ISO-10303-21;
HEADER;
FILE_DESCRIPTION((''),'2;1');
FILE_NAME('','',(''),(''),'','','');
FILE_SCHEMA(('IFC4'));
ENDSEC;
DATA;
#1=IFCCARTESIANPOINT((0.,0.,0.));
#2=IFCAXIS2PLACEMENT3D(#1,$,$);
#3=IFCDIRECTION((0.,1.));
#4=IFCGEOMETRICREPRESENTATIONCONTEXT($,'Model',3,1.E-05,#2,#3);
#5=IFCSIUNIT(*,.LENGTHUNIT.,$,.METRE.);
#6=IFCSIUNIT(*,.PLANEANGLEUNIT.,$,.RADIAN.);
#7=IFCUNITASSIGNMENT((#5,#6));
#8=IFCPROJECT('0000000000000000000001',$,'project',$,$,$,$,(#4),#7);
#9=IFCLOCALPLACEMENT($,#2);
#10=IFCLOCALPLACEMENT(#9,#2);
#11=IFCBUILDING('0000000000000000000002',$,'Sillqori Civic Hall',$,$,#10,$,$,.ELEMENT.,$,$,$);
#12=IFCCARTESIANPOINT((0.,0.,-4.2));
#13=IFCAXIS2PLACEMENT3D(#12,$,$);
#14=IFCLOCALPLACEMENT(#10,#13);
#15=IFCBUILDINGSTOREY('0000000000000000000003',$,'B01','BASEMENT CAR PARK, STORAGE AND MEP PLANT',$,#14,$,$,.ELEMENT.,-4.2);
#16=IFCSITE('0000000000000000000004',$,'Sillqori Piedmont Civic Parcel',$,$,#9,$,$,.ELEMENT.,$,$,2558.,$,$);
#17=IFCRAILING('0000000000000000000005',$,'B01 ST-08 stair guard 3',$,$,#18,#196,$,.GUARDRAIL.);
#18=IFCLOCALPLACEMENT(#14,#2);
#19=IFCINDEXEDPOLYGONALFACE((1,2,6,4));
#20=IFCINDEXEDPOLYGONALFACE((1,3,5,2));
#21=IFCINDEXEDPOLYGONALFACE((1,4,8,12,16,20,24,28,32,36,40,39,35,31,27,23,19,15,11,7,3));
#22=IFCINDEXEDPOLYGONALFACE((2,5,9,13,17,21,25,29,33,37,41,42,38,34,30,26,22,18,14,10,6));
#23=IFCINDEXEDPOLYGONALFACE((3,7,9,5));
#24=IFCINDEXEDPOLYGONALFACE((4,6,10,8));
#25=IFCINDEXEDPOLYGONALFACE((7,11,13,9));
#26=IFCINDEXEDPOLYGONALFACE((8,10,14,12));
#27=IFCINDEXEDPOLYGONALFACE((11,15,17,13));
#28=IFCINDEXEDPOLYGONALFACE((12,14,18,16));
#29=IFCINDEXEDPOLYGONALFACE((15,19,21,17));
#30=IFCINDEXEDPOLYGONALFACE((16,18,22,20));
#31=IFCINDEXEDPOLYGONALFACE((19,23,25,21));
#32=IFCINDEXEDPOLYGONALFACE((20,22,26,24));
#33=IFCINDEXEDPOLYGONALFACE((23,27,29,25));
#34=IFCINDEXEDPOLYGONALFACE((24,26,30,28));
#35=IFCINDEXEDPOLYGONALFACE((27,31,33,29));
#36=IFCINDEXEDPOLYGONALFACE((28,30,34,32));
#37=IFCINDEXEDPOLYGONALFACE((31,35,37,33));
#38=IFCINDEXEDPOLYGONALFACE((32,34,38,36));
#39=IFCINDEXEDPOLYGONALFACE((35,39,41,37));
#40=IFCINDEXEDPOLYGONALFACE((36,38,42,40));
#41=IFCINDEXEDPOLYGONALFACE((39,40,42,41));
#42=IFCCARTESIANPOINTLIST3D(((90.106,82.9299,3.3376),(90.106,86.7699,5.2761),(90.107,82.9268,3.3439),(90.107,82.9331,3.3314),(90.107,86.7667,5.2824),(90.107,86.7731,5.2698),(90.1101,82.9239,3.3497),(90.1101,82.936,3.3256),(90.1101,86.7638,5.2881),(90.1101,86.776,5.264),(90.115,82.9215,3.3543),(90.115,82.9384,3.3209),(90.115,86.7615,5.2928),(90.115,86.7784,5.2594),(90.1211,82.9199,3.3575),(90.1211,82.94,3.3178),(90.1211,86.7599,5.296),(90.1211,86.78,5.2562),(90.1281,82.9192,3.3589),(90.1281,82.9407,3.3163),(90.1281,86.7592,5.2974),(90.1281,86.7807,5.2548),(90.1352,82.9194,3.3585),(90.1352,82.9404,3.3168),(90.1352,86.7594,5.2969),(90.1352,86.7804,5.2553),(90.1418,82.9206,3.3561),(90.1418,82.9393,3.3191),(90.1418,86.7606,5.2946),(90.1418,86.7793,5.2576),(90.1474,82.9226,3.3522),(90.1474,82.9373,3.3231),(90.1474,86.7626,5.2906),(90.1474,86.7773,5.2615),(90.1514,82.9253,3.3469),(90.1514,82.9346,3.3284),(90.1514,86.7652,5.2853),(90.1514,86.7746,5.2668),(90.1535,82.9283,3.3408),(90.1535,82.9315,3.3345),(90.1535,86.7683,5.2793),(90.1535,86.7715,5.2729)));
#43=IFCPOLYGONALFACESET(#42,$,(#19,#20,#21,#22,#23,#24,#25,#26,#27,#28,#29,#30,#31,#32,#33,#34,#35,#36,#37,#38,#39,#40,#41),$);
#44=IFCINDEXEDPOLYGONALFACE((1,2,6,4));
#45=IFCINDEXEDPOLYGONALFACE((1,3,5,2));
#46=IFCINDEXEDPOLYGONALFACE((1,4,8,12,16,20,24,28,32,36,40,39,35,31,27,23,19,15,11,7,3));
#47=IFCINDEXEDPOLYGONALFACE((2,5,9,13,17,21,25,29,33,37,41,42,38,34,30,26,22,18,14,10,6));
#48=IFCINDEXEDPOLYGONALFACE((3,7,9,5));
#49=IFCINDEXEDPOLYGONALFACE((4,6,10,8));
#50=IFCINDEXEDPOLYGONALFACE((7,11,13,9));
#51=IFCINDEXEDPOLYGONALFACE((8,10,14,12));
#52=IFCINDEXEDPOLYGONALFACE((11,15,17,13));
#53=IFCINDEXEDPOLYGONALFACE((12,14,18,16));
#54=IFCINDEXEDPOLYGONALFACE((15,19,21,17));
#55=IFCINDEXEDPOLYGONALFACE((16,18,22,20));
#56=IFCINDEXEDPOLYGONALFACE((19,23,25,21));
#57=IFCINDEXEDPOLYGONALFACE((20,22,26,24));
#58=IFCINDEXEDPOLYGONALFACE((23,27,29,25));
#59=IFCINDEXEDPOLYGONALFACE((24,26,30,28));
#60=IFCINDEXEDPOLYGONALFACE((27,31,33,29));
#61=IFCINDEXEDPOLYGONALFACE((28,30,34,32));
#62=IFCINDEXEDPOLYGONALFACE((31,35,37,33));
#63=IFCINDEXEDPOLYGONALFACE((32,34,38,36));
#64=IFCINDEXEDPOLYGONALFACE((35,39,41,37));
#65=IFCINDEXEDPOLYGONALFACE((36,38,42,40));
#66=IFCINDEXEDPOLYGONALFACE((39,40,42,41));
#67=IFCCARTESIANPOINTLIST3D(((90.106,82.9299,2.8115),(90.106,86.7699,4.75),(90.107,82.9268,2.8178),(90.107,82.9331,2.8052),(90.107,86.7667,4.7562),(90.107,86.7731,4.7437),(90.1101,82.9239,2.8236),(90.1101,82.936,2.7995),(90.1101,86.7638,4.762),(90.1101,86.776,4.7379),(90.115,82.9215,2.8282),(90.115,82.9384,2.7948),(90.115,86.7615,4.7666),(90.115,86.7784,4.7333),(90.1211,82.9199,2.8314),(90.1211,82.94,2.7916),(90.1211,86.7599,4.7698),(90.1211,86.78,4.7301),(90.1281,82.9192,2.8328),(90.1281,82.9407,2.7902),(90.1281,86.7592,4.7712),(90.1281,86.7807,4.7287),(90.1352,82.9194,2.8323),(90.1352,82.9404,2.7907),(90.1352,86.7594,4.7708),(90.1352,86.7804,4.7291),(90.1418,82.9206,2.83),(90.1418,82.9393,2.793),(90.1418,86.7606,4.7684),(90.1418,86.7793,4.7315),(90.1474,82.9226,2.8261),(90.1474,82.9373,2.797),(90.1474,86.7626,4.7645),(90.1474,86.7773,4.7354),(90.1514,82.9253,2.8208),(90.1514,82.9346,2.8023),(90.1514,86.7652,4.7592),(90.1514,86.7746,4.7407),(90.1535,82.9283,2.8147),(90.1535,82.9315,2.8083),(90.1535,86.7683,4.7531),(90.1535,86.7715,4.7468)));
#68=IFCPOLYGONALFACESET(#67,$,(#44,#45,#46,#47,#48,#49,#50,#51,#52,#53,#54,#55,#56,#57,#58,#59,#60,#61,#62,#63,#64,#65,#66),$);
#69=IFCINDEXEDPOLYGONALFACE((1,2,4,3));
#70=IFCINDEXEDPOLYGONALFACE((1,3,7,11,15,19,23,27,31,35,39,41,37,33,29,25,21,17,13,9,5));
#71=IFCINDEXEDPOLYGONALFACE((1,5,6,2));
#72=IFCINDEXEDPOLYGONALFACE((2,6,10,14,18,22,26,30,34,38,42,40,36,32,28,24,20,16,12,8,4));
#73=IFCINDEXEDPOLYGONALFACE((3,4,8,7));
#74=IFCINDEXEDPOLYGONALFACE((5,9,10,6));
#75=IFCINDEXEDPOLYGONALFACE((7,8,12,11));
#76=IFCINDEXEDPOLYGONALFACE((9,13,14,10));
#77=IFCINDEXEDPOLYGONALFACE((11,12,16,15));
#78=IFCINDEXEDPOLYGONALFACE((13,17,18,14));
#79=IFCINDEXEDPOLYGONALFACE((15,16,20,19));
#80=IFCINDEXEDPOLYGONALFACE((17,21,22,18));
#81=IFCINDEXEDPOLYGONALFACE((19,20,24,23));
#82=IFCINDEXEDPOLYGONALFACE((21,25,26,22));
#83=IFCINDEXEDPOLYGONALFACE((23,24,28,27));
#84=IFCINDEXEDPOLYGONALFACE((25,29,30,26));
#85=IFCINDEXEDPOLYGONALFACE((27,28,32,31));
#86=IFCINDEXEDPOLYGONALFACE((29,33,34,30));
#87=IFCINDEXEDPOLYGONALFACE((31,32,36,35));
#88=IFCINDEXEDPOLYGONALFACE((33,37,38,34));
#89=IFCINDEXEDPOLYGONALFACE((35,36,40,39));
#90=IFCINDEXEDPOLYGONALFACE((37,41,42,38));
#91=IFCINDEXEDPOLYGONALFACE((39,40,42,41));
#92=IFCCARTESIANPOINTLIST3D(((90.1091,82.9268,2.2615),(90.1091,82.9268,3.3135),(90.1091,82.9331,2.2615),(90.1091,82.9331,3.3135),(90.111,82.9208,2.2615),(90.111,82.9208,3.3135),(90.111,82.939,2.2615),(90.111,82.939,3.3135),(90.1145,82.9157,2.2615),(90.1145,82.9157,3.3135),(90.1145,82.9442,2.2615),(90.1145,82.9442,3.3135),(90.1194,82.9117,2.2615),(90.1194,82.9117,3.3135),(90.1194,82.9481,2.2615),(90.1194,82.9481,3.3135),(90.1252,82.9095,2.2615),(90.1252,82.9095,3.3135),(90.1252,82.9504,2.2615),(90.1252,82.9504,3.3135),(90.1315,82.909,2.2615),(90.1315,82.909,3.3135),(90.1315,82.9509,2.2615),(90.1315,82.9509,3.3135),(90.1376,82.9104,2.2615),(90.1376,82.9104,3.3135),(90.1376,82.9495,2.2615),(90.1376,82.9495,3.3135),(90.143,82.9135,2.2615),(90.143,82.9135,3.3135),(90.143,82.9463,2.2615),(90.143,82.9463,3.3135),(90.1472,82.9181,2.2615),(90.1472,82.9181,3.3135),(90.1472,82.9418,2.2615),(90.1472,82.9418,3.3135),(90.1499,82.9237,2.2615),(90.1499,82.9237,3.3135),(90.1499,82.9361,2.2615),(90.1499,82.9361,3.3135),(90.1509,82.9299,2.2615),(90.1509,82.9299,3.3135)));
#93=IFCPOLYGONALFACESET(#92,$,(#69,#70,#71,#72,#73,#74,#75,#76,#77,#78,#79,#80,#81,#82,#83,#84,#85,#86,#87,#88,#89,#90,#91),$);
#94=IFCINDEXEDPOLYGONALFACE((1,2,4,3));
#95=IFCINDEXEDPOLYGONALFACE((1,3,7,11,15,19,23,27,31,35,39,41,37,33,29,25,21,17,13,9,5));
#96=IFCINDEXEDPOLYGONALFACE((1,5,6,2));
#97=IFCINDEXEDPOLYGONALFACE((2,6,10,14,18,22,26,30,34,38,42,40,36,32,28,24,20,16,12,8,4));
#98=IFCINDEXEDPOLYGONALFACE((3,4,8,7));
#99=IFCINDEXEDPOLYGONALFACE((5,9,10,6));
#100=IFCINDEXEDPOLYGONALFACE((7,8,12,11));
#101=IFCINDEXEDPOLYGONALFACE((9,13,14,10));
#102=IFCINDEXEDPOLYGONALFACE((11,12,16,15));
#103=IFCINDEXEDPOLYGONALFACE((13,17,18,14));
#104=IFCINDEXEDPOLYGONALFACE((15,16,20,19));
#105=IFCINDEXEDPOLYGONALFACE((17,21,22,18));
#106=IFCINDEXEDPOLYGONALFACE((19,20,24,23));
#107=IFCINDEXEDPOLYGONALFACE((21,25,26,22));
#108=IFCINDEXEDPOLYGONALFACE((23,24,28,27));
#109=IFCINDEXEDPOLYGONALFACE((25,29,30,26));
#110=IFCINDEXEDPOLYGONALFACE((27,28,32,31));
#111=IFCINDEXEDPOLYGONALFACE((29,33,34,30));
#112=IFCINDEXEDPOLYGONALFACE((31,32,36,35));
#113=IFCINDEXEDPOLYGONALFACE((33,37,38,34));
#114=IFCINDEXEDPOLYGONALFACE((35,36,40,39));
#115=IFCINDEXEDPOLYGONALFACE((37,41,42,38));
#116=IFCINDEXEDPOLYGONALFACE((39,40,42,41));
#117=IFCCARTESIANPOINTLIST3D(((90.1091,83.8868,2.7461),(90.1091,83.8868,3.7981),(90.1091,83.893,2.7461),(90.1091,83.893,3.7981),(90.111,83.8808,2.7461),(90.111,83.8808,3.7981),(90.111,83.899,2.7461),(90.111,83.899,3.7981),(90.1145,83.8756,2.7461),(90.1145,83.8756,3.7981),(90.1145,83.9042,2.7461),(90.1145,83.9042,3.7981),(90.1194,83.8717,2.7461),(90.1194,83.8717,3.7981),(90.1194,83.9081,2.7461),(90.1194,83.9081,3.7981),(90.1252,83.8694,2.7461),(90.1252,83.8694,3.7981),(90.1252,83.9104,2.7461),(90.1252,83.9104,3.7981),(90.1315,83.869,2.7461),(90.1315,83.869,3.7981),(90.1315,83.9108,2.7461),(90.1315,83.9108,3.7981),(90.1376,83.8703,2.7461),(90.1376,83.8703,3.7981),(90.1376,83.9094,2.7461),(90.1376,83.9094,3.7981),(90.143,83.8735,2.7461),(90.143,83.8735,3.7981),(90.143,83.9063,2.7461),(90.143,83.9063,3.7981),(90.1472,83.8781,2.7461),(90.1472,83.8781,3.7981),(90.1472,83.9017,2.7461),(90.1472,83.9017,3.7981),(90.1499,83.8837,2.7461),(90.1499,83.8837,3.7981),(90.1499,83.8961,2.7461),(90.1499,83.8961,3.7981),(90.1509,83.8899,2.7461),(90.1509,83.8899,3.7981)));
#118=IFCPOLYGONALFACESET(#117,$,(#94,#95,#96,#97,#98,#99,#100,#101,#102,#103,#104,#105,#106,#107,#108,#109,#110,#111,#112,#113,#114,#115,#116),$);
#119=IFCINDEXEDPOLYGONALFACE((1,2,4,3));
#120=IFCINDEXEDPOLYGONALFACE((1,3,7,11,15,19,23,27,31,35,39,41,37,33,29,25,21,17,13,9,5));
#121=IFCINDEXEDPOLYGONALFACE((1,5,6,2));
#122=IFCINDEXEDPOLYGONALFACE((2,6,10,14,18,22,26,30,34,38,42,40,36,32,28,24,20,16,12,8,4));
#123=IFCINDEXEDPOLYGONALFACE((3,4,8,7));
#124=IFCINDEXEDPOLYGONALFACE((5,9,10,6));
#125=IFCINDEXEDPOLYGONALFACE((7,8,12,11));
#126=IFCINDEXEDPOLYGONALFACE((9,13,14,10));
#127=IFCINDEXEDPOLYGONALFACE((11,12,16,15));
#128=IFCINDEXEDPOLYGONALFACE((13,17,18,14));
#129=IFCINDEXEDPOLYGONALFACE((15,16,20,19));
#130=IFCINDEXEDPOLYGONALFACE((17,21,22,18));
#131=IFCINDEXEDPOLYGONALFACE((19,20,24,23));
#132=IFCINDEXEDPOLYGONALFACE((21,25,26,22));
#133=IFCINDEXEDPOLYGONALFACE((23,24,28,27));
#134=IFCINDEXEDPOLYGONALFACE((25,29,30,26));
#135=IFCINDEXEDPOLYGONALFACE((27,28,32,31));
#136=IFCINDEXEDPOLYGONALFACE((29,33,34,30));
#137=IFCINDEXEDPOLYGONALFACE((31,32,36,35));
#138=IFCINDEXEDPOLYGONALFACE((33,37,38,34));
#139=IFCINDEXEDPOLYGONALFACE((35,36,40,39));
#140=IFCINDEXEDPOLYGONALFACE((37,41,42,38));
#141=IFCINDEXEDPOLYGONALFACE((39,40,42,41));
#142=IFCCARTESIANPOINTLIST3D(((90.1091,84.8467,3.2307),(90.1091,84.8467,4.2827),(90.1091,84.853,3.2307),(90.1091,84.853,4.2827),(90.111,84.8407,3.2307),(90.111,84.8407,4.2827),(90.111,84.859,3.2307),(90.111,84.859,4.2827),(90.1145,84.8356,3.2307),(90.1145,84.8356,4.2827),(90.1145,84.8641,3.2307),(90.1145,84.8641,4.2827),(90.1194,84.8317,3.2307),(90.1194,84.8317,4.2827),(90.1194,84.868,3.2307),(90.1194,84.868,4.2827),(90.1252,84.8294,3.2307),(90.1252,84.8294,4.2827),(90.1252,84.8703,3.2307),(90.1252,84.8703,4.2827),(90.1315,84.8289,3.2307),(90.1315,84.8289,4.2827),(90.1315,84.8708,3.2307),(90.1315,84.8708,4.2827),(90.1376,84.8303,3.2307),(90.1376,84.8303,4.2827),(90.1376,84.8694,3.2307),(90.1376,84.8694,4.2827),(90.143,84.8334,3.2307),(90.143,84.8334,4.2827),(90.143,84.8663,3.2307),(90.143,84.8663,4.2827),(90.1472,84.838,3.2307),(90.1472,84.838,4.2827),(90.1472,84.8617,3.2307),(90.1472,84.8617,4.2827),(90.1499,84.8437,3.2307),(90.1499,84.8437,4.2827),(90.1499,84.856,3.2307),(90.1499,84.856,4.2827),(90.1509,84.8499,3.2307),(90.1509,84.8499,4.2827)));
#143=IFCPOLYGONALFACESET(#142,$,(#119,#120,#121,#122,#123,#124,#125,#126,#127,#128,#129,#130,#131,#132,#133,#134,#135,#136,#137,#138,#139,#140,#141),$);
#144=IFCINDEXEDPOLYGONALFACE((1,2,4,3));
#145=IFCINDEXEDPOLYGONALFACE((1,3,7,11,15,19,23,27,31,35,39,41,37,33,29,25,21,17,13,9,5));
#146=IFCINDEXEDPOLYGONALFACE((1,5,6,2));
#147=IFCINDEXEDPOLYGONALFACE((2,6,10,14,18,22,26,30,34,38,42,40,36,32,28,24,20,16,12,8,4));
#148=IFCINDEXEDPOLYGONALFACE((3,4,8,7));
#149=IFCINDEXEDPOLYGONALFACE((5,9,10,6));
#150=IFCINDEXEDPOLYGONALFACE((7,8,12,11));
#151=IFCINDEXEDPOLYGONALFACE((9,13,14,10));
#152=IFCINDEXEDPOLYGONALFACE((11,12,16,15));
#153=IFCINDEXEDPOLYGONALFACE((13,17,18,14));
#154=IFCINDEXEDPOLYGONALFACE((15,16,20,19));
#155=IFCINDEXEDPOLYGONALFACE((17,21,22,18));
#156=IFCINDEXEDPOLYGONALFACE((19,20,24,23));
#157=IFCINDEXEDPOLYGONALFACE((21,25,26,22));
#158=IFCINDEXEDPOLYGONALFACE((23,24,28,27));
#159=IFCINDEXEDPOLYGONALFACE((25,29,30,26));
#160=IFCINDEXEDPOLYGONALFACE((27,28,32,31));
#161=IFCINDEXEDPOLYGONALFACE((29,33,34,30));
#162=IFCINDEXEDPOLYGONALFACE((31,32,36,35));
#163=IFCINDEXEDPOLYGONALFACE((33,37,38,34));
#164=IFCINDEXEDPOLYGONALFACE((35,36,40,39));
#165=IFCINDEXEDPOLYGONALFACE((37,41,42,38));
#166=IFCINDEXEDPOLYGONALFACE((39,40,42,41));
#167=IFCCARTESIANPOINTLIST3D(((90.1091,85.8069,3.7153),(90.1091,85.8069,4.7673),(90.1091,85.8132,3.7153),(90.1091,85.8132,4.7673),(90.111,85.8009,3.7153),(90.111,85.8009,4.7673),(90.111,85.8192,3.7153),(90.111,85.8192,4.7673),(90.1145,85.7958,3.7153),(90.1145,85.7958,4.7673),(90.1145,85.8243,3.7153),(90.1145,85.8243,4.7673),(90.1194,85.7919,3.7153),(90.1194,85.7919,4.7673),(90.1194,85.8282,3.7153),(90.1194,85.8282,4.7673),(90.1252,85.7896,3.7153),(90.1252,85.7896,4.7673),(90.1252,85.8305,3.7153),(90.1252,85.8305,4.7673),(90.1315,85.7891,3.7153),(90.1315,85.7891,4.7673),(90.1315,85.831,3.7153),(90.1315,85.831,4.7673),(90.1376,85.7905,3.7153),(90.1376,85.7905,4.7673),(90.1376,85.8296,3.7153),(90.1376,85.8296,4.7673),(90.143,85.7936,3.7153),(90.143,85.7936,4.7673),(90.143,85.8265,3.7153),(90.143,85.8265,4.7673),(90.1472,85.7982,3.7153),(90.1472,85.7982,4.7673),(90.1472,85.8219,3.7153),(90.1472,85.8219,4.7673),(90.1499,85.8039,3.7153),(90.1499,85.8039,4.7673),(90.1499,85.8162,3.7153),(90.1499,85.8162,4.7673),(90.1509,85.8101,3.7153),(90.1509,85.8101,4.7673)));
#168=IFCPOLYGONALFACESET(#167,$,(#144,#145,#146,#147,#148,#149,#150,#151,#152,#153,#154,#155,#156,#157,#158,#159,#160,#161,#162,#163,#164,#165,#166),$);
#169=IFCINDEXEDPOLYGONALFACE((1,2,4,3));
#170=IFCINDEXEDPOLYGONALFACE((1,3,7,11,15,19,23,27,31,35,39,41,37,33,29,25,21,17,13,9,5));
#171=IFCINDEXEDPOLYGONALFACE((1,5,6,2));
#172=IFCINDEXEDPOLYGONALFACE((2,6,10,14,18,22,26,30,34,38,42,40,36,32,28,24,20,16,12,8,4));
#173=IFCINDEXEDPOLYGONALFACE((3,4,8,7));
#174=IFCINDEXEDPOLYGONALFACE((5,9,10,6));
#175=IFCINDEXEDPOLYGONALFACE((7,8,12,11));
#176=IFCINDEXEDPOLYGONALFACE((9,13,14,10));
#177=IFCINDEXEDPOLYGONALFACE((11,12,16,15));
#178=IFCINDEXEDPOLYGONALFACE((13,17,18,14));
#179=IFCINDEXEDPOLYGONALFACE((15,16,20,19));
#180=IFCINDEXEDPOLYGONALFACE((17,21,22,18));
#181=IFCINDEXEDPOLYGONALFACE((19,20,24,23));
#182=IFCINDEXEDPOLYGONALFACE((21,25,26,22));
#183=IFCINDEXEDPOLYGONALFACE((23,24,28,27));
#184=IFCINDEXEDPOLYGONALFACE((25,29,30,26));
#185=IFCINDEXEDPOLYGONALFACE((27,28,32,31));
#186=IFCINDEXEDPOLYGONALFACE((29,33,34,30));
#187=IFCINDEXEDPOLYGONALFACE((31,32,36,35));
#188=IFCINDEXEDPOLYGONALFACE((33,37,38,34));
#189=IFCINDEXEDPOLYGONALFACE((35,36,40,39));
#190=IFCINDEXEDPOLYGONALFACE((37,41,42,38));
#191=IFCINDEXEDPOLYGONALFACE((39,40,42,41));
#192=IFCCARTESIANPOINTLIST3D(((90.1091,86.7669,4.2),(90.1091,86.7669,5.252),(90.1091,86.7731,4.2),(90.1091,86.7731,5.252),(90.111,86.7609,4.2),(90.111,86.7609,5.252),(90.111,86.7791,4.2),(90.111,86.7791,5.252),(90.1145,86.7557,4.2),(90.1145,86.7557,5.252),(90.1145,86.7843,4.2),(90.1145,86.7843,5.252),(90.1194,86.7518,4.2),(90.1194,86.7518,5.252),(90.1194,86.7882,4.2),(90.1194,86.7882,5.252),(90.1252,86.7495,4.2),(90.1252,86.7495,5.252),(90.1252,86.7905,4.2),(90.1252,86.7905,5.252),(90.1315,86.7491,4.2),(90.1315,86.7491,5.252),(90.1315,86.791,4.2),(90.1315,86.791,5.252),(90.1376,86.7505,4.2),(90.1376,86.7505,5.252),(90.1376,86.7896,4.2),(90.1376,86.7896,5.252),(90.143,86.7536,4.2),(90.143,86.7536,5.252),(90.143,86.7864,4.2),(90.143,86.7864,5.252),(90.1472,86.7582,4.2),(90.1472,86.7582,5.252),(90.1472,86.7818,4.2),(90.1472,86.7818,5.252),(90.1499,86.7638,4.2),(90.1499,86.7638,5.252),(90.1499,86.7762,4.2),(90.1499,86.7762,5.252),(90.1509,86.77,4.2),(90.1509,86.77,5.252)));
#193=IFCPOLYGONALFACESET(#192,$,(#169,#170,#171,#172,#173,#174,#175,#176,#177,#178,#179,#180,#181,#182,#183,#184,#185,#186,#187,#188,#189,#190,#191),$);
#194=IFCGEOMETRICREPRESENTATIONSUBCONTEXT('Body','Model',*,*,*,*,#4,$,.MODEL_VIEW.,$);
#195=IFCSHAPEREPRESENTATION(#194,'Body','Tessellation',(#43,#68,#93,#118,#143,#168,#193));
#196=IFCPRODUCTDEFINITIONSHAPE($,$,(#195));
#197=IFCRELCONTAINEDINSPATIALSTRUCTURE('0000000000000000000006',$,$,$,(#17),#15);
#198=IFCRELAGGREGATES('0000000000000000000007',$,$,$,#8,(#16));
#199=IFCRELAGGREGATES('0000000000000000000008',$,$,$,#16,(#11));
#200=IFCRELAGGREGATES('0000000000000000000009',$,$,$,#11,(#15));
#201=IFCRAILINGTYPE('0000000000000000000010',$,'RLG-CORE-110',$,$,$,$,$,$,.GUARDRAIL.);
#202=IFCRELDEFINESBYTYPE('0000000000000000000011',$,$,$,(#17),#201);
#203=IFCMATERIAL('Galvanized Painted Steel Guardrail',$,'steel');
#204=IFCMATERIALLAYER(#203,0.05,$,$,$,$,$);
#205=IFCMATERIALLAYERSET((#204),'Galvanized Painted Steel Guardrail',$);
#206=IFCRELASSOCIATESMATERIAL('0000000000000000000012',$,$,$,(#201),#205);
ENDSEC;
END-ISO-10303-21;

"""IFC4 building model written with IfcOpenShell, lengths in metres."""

from ifc_helpers import new_model, si_unit, direction, frame, origin, origin_2d, place, context, subcontext, project, spatial, circle, extrude, material, layer, layer_set, type_object, element, save


model = new_model("IFC4")

# Units and contexts
model_context = context("Model", 3, precision=1e-05, world=origin(), true_north=direction((0.0, 1.0)))
body_context = subcontext(model_context, "Body", "Model", "MODEL_VIEW")
ifc_project = project(units=[si_unit("LENGTHUNIT", "METRE"), si_unit("PLANEANGLEUNIT", "RADIAN")], contexts=[model_context])

# Site, building, storey
site_placement = place(None, origin())
site = spatial("IfcSite", under=ifc_project, at=site_placement, Name="Sillqori Piedmont Civic Parcel", CompositionType="ELEMENT", RefElevation=2558.0)
building_placement = place(site_placement, origin())
building = spatial("IfcBuilding", under=site, at=building_placement, Name="Sillqori Civic Hall", CompositionType="ELEMENT")
storey_placement = place(building_placement, frame((0.0, 0.0, -4.2)))
storey = spatial("IfcBuildingStorey", under=building, at=storey_placement, Name="B01", Description="BASEMENT CAR PARK, STORAGE AND MEP PLANT", CompositionType="ELEMENT", Elevation=-4.2)

# Railing
ifc_material_1 = material(Name="Galvanized Painted Steel Guardrail", Category="steel")
ifc_layer_1 = layer(ifc_material_1, 0.05)
ifc_layer_set_1 = layer_set([ifc_layer_1], Name="Galvanized Painted Steel Guardrail")
railing_type = type_object("IfcRailingType", Name="RLG-CORE-110", PredefinedType="GUARDRAIL", material=ifc_layer_set_1)
railing_placement = place(storey_placement, frame((90.1299, 82.9299, 2.2615)))
element("IfcRailing", 1, at=railing_placement, inside=storey, type_object=railing_type, Name="B01 ST-08 stair guard 3", PredefinedType="GUARDRAIL", context=body_context, shape_type="SweptSolid", body=[
    extrude(circle(Radius=0.0239, at=origin_2d()), frame((0.0, 0.0, 1.0762), z_axis=(0.0, 0.892707, 0.450638), x_axis=(-1.0, 0.0, 0.0)), (0.0, 0.0, 1.0), 4.3015),
    extrude(circle(Radius=0.0239, at=origin_2d()), frame((0.0, 0.0, 0.55), z_axis=(0.0, 0.892707, 0.450638), x_axis=(-1.0, 0.0, 0.0)), (0.0, 0.0, 1.0), 4.3015),
    extrude(circle(Radius=0.021, at=origin_2d()), origin(), (0.0, 0.0, 1.0), 1.052),
    extrude(circle(Radius=0.021, at=origin_2d()), frame((0.0, 0.96, 0.4846)), (0.0, 0.0, 1.0), 1.052),
    extrude(circle(Radius=0.021, at=origin_2d()), frame((0.0, 1.9199, 0.9692)), (0.0, 0.0, 1.0), 1.052),
    extrude(circle(Radius=0.021, at=origin_2d()), frame((0.0, 2.8801, 1.4539)), (0.0, 0.0, 1.0), 1.052),
    extrude(circle(Radius=0.021, at=origin_2d()), frame((0.0, 3.8401, 1.9385)), (0.0, 0.0, 1.0), 1.052),
])

save(model, "model.ifc")
